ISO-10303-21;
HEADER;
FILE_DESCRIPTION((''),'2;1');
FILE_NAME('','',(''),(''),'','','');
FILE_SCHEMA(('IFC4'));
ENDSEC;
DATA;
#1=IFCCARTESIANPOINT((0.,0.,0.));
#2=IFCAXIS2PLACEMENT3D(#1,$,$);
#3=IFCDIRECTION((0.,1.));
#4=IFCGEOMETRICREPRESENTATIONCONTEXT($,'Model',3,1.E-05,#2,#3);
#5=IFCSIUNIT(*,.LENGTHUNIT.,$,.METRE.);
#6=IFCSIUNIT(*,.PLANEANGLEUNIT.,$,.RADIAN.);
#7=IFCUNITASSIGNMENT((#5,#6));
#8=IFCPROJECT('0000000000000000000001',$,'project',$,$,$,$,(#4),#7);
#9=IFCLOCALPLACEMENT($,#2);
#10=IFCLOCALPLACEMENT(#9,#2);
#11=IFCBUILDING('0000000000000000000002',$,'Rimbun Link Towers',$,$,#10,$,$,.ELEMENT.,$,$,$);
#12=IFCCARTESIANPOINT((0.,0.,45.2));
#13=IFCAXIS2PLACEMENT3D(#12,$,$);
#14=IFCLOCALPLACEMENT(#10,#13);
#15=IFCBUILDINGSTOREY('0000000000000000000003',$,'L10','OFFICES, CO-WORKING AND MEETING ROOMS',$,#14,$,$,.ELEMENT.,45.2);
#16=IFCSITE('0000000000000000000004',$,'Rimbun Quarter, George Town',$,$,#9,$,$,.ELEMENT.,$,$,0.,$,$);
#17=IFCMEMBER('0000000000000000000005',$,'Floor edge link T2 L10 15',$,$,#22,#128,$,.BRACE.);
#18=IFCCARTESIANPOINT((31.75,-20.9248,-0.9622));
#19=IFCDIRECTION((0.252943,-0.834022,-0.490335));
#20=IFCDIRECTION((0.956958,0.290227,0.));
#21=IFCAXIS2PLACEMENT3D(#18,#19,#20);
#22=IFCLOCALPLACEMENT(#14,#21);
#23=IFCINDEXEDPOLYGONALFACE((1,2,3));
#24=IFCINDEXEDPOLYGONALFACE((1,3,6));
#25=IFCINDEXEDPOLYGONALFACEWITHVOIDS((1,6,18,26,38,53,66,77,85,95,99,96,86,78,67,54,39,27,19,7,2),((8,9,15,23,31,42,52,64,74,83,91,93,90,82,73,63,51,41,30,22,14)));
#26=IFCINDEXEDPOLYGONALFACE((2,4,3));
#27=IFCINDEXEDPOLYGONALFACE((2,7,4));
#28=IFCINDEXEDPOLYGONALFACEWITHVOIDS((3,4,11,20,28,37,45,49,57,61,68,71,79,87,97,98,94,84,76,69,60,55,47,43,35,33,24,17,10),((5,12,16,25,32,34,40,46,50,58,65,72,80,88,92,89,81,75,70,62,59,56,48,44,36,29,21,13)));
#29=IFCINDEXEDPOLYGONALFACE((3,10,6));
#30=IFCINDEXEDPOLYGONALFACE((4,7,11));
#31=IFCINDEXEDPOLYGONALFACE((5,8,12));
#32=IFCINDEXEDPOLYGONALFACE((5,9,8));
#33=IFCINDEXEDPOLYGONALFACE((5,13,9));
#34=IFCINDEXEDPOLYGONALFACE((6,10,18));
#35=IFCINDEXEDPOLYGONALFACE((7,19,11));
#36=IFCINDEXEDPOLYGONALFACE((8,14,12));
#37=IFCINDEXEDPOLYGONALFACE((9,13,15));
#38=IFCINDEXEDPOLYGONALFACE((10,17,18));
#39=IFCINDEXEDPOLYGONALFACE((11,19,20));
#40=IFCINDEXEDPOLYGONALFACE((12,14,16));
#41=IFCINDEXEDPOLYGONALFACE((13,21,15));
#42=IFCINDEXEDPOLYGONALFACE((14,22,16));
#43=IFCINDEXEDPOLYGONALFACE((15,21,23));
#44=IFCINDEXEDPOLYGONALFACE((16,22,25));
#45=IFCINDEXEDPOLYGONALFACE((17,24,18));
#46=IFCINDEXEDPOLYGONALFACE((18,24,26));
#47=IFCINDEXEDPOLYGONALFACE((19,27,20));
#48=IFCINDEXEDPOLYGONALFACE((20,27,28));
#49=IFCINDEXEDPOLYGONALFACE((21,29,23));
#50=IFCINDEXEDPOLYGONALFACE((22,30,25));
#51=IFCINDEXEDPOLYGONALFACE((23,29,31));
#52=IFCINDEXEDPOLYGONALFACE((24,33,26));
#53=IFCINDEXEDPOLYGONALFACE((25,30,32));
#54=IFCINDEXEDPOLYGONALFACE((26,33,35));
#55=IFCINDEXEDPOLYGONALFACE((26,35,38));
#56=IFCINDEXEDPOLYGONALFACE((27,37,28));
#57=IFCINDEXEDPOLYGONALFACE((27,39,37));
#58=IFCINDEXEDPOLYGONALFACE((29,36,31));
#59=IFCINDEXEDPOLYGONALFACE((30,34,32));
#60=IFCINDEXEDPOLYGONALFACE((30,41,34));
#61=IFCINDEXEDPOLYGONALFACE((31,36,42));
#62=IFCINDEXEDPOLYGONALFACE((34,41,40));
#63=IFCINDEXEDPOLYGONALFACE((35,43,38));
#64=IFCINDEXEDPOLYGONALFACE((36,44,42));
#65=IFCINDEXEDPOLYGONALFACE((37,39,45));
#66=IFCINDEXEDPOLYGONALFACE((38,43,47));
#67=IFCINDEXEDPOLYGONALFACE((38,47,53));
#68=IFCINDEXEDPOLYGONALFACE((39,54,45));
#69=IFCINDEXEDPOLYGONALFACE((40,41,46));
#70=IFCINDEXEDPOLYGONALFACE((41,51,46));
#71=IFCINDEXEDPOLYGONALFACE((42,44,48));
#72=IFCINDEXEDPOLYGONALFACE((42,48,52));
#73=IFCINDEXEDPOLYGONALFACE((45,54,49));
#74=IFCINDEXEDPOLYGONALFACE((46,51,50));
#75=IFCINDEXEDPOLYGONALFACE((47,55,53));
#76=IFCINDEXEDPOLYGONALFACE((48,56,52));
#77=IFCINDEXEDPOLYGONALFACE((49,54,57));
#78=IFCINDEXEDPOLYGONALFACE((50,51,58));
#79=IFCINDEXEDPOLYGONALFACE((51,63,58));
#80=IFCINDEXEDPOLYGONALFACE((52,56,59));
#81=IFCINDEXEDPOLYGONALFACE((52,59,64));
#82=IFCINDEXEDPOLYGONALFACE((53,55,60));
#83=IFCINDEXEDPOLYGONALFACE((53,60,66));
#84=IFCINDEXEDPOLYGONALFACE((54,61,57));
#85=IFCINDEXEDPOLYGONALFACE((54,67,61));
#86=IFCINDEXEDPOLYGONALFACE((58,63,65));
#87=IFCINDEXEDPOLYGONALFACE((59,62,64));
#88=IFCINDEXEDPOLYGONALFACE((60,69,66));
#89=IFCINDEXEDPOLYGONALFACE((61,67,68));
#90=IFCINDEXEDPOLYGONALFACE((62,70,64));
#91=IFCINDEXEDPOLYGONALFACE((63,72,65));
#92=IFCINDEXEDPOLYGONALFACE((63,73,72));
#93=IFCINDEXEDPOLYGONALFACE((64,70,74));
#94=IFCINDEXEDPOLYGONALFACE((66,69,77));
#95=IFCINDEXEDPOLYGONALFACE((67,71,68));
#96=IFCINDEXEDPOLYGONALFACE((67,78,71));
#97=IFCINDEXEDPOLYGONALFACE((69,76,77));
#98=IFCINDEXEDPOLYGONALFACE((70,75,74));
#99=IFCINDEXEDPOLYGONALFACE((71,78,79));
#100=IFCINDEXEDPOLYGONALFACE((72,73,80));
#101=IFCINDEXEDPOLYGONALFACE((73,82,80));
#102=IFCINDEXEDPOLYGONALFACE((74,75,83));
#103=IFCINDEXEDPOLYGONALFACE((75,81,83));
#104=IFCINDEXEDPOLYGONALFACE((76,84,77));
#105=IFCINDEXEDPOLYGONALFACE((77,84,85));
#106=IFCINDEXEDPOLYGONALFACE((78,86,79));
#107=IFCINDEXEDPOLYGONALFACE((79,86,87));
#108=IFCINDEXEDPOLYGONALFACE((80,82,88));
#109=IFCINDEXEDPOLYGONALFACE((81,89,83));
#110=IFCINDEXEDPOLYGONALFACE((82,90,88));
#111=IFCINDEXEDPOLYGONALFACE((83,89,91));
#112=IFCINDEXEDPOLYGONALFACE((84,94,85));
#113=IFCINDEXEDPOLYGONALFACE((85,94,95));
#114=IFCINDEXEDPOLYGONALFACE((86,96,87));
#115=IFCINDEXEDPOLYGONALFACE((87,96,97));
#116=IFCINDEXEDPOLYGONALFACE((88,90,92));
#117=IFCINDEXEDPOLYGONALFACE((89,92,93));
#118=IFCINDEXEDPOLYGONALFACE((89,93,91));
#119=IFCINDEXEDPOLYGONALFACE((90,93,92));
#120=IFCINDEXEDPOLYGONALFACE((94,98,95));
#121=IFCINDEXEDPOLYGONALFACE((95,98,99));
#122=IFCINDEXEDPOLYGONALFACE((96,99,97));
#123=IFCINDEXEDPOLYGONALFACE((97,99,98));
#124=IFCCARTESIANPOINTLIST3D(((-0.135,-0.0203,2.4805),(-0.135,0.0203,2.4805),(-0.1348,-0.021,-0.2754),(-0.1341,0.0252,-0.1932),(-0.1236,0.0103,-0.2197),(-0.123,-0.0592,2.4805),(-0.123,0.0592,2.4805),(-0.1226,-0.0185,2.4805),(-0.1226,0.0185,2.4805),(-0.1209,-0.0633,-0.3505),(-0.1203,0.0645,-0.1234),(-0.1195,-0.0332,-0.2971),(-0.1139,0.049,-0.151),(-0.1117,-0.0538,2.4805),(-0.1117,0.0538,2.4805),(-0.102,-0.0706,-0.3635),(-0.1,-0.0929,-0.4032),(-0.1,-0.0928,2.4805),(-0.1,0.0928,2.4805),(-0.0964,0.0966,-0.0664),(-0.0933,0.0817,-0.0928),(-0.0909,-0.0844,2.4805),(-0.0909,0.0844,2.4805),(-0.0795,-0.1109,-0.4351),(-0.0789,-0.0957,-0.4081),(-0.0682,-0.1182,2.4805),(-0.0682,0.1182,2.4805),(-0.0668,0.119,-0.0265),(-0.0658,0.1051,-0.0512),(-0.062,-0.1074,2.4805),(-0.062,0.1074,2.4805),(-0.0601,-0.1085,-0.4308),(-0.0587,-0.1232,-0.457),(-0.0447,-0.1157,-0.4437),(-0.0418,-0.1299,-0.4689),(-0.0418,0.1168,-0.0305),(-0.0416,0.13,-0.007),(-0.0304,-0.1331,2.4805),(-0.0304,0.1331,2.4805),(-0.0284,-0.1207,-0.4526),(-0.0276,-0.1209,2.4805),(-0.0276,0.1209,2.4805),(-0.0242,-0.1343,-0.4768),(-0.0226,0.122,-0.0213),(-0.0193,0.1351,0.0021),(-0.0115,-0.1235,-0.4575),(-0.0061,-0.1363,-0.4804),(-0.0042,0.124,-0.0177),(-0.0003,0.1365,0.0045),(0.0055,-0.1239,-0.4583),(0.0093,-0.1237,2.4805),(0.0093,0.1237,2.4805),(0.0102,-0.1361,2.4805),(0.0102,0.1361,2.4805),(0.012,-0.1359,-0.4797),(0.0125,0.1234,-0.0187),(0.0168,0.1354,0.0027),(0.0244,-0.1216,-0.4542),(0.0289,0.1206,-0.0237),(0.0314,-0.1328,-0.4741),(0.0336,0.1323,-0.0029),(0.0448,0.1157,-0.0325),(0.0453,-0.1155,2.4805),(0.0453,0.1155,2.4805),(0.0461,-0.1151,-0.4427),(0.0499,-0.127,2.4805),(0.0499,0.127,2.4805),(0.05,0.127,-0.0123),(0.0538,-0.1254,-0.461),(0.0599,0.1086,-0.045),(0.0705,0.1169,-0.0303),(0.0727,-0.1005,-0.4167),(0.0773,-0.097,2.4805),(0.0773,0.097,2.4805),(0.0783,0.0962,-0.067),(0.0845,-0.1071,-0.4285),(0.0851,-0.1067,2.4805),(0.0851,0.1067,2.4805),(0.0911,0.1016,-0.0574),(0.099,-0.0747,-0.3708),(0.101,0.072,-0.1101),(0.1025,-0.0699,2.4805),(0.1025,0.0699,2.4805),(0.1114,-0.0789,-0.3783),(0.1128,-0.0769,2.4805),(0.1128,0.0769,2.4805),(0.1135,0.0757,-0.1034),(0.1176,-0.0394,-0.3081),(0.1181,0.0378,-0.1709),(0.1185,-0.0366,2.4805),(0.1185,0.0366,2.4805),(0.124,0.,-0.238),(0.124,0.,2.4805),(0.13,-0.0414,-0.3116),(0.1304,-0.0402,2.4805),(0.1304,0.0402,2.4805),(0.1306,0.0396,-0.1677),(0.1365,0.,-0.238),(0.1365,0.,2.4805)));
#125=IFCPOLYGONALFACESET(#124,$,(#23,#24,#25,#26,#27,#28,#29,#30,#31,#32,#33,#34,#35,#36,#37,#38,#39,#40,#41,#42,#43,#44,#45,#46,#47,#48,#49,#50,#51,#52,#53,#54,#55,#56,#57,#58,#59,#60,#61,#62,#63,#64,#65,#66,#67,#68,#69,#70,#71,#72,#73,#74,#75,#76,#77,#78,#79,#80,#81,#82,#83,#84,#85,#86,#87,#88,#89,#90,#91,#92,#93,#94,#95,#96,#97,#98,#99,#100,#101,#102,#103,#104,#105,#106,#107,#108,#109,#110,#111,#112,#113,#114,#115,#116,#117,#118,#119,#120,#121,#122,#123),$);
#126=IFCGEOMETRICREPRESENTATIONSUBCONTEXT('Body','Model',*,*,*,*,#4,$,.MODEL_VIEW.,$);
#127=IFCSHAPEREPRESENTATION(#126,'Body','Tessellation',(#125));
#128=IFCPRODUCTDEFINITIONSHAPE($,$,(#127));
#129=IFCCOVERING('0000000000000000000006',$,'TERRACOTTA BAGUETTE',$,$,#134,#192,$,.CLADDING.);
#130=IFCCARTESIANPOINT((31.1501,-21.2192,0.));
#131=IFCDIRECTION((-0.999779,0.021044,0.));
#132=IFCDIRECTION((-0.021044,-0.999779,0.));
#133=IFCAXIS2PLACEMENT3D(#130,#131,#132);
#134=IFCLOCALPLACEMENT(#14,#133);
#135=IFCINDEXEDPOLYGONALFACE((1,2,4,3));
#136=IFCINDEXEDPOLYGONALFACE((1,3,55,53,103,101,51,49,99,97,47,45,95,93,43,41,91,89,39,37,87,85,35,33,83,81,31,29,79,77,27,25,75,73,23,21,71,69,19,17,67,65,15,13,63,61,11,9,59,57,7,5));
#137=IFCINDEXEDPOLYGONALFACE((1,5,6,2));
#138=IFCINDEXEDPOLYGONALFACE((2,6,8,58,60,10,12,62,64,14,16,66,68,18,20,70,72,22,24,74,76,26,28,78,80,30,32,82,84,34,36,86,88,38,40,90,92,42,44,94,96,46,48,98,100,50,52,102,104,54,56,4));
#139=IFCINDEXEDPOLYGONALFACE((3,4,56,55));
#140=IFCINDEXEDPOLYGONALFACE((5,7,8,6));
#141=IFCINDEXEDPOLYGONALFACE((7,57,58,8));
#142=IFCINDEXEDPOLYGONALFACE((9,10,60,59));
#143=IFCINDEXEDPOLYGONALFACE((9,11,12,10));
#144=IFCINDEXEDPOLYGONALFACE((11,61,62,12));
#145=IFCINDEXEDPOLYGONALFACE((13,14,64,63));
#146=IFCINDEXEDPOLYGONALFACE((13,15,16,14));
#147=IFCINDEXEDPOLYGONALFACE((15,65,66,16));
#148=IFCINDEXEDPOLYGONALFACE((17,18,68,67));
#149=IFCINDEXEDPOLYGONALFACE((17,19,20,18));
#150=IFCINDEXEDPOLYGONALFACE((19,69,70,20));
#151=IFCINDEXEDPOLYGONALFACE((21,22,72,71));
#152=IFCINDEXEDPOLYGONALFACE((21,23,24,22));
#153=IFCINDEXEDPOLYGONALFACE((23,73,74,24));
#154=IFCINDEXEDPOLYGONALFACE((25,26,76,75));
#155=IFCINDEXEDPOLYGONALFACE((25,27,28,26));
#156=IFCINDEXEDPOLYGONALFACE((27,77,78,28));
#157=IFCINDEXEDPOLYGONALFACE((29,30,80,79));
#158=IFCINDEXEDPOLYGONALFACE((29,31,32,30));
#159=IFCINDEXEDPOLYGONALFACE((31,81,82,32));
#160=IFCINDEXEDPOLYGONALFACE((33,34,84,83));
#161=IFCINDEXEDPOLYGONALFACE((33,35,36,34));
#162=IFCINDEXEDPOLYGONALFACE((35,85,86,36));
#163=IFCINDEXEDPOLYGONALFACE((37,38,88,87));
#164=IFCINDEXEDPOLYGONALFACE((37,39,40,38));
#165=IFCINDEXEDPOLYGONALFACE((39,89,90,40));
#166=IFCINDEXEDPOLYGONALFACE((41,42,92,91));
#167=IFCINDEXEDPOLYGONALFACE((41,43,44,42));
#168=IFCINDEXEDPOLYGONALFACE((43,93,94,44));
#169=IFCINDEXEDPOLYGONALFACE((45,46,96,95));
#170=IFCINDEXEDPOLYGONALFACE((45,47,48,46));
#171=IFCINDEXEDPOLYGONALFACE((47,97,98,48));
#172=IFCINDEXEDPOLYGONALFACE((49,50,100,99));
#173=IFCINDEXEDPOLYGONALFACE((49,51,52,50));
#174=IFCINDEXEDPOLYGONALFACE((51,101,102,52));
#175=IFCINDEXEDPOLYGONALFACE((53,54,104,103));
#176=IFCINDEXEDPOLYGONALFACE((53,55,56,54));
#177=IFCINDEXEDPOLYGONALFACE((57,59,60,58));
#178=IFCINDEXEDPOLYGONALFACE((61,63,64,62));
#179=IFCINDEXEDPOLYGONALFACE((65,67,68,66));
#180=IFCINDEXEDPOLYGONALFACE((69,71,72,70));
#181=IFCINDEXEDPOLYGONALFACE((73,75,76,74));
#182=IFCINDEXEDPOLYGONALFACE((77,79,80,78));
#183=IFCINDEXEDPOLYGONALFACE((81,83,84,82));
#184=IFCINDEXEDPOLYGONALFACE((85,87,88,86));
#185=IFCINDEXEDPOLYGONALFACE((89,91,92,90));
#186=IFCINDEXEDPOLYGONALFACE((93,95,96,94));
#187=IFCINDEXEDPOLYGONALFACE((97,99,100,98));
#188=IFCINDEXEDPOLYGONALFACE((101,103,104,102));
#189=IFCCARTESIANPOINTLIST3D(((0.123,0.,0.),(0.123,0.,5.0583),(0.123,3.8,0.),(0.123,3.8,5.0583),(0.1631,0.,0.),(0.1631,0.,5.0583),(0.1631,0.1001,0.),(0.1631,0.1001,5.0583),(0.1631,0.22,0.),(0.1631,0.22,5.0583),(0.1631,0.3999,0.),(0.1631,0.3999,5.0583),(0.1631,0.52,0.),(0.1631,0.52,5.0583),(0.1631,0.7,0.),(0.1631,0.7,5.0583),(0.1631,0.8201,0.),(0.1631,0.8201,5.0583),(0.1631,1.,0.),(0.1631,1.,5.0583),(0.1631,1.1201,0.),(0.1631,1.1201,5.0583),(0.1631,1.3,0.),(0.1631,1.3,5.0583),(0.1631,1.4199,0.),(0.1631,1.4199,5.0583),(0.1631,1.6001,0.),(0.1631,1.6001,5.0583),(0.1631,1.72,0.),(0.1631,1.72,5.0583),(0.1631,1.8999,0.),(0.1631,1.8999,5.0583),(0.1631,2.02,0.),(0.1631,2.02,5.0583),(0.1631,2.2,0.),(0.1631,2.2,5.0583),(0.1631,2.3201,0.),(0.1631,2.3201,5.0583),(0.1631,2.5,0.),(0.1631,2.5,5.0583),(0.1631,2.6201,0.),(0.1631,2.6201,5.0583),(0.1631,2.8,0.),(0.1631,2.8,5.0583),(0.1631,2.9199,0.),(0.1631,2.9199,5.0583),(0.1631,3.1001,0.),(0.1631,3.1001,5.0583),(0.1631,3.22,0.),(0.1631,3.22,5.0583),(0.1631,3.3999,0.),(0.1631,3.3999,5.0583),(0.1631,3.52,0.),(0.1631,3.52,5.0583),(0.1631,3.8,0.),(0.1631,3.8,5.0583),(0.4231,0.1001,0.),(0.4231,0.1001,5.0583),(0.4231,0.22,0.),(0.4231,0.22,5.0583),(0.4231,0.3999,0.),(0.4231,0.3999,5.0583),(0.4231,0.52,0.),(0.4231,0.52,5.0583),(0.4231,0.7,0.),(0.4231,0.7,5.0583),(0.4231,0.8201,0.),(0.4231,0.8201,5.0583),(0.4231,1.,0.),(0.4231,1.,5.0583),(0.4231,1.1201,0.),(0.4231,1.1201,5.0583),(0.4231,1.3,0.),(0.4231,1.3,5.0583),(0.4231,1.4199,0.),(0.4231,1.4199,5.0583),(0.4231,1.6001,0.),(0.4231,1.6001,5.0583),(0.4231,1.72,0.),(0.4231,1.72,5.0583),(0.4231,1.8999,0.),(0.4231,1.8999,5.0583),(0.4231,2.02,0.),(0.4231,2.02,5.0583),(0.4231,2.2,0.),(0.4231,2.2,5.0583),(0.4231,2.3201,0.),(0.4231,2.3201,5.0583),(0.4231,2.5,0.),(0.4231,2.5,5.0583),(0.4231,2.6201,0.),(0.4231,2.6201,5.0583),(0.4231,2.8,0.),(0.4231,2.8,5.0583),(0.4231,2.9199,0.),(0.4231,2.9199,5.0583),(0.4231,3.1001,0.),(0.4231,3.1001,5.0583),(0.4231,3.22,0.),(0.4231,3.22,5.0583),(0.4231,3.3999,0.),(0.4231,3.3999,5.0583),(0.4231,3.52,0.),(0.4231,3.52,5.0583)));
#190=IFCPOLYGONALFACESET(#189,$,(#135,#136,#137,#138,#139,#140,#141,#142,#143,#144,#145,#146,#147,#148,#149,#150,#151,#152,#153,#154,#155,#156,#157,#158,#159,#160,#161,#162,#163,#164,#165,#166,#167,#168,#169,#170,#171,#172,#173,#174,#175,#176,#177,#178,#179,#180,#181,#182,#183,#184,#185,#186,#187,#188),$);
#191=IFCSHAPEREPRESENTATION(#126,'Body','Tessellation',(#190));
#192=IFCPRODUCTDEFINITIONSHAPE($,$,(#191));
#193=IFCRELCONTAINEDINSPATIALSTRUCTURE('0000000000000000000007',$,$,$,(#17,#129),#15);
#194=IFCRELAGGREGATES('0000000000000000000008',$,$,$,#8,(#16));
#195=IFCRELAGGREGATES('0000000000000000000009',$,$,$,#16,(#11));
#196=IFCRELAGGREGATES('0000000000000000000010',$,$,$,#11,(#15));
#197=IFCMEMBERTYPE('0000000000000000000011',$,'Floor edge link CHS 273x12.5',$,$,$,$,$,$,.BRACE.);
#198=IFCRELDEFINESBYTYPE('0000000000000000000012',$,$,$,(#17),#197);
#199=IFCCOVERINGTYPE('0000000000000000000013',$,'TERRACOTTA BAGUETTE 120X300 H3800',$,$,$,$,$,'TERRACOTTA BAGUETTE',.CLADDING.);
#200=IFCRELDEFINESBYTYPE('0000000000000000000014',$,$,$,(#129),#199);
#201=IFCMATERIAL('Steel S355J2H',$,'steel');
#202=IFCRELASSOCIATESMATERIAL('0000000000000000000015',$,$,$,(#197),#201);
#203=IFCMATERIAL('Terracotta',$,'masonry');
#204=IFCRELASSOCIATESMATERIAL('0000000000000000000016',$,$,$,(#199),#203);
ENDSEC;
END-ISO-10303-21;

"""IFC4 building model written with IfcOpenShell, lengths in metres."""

from ifc_helpers import new_model, si_unit, direction, frame, origin, origin_2d, place, context, subcontext, project, spatial, polyline, hollow_circle, outline, extrude, clip, halfspace, material, material_profile, profile_set, type_object, element, save


model = new_model("IFC4")

# Units and contexts
model_context = context("Model", 3, precision=1e-05, world=origin(), true_north=direction((0.0, 1.0)))
body_context = subcontext(model_context, "Body", "Model", "MODEL_VIEW")
ifc_project = project(units=[si_unit("LENGTHUNIT", "METRE"), si_unit("PLANEANGLEUNIT", "RADIAN")], contexts=[model_context])

# Site, building, storey
site_placement = place(None, origin())
site = spatial("IfcSite", under=ifc_project, at=site_placement, Name="Rimbun Quarter, George Town", CompositionType="ELEMENT", RefElevation=0.0)
building_placement = place(site_placement, origin())
building = spatial("IfcBuilding", under=site, at=building_placement, Name="Rimbun Link Towers", CompositionType="ELEMENT")
storey_placement = place(building_placement, frame((0.0, 0.0, 45.2)))
storey = spatial("IfcBuildingStorey", under=building, at=storey_placement, Name="L10", Description="OFFICES, CO-WORKING AND MEETING ROOMS", CompositionType="ELEMENT", Elevation=45.2)

# Member
ifc_material_1 = material(Name="Steel S355J2H", Category="steel")
ifc_material_profile_1 = material_profile(ifc_material_1, hollow_circle(Radius=0.1365, WallThickness=0.0125, at=origin_2d()), Name="CHS 273x12.5")
ifc_profile_set_1 = profile_set([ifc_material_profile_1], Name="Steel S355J2H")
member_type_1 = type_object("IfcMemberType", Name="Floor edge link CHS 273x12.5", PredefinedType="BRACE", material=ifc_profile_set_1)
member_1_placement = place(storey_placement, frame((31.75, -20.9248, -0.9622), z_axis=(0.252943, -0.834022, -0.490335), x_axis=(0.956958, 0.290227, 0.0)))
element("IfcMember", 1, at=member_1_placement, inside=storey, type_object=member_type_1, Name="Floor edge link T2 L10 15", PredefinedType="BRACE", context=body_context, shape_type="Clipping", body=[
    clip(extrude(hollow_circle(Radius=0.1365, WallThickness=0.0125, at=origin_2d()), frame((0.0, 0.0, -0.5056)), (0.0, 0.0, 1.0), 2.9861), halfspace(frame((0.0, 0.0, -0.238), z_axis=(0.0, 0.871534, -0.490335)), False)),
])

# Covering
ifc_material_2 = material(Name="Terracotta", Category="masonry")
ifc_material_profile_2 = material_profile(ifc_material_2, outline(polyline([(0.123, 0.0), (0.1631, 0.0), (0.1631, 0.1001), (0.4231, 0.1001), (0.4231, 0.22), (0.1631, 0.22), (0.1631, 0.3999), (0.4231, 0.3999), (0.4231, 0.52), (0.1631, 0.52), (0.1631, 0.7), (0.4231, 0.7), (0.4231, 0.8201), (0.1631, 0.8201), (0.1631, 1.0), (0.4231, 1.0), (0.4231, 1.1201), (0.1631, 1.1201), (0.1631, 1.3), (0.4231, 1.3), (0.4231, 1.4199), (0.1631, 1.4199), (0.1631, 1.6001), (0.4231, 1.6001), (0.4231, 1.72), (0.1631, 1.72), (0.1631, 1.8999), (0.4231, 1.8999), (0.4231, 2.02), (0.1631, 2.02), (0.1631, 2.2), (0.4231, 2.2), (0.4231, 2.3201), (0.1631, 2.3201), (0.1631, 2.5), (0.4231, 2.5), (0.4231, 2.6201), (0.1631, 2.6201), (0.1631, 2.8), (0.4231, 2.8), (0.4231, 2.9199), (0.1631, 2.9199), (0.1631, 3.1001), (0.4231, 3.1001), (0.4231, 3.22), (0.1631, 3.22), (0.1631, 3.3999), (0.4231, 3.3999), (0.4231, 3.52), (0.1631, 3.52), (0.1631, 3.8), (0.123, 3.8), (0.123, 0.0)])), Name="BAGUETTE 120X300")
ifc_profile_set_2 = profile_set([ifc_material_profile_2], Name="Terracotta")
covering_type = type_object("IfcCoveringType", Name="TERRACOTTA BAGUETTE 120X300 H3800", ElementType="TERRACOTTA BAGUETTE", PredefinedType="CLADDING", material=ifc_profile_set_2)
covering_1_placement = place(storey_placement, frame((31.1501, -21.2192, 0.0), z_axis=(-0.999779, 0.021044, 0.0), x_axis=(-0.021044, -0.999779, 0.0)))
element("IfcCovering", 2, at=covering_1_placement, inside=storey, type_object=covering_type, Name="TERRACOTTA BAGUETTE", PredefinedType="CLADDING", context=body_context, shape_type="SweptSolid", body=[
    extrude(outline(polyline([(0.123, 0.0), (0.1631, 0.0), (0.1631, 0.1001), (0.4231, 0.1001), (0.4231, 0.22), (0.1631, 0.22), (0.1631, 0.3999), (0.4231, 0.3999), (0.4231, 0.52), (0.1631, 0.52), (0.1631, 0.7), (0.4231, 0.7), (0.4231, 0.8201), (0.1631, 0.8201), (0.1631, 1.0), (0.4231, 1.0), (0.4231, 1.1201), (0.1631, 1.1201), (0.1631, 1.3), (0.4231, 1.3), (0.4231, 1.4199), (0.1631, 1.4199), (0.1631, 1.6001), (0.4231, 1.6001), (0.4231, 1.72), (0.1631, 1.72), (0.1631, 1.8999), (0.4231, 1.8999), (0.4231, 2.02), (0.1631, 2.02), (0.1631, 2.2), (0.4231, 2.2), (0.4231, 2.3201), (0.1631, 2.3201), (0.1631, 2.5), (0.4231, 2.5), (0.4231, 2.6201), (0.1631, 2.6201), (0.1631, 2.8), (0.4231, 2.8), (0.4231, 2.9199), (0.1631, 2.9199), (0.1631, 3.1001), (0.4231, 3.1001), (0.4231, 3.22), (0.1631, 3.22), (0.1631, 3.3999), (0.4231, 3.3999), (0.4231, 3.52), (0.1631, 3.52), (0.1631, 3.8), (0.123, 3.8), (0.123, 0.0)])), origin(), (0.0, 0.0, 1.0), 5.0583),
])

save(model, "model.ifc")
